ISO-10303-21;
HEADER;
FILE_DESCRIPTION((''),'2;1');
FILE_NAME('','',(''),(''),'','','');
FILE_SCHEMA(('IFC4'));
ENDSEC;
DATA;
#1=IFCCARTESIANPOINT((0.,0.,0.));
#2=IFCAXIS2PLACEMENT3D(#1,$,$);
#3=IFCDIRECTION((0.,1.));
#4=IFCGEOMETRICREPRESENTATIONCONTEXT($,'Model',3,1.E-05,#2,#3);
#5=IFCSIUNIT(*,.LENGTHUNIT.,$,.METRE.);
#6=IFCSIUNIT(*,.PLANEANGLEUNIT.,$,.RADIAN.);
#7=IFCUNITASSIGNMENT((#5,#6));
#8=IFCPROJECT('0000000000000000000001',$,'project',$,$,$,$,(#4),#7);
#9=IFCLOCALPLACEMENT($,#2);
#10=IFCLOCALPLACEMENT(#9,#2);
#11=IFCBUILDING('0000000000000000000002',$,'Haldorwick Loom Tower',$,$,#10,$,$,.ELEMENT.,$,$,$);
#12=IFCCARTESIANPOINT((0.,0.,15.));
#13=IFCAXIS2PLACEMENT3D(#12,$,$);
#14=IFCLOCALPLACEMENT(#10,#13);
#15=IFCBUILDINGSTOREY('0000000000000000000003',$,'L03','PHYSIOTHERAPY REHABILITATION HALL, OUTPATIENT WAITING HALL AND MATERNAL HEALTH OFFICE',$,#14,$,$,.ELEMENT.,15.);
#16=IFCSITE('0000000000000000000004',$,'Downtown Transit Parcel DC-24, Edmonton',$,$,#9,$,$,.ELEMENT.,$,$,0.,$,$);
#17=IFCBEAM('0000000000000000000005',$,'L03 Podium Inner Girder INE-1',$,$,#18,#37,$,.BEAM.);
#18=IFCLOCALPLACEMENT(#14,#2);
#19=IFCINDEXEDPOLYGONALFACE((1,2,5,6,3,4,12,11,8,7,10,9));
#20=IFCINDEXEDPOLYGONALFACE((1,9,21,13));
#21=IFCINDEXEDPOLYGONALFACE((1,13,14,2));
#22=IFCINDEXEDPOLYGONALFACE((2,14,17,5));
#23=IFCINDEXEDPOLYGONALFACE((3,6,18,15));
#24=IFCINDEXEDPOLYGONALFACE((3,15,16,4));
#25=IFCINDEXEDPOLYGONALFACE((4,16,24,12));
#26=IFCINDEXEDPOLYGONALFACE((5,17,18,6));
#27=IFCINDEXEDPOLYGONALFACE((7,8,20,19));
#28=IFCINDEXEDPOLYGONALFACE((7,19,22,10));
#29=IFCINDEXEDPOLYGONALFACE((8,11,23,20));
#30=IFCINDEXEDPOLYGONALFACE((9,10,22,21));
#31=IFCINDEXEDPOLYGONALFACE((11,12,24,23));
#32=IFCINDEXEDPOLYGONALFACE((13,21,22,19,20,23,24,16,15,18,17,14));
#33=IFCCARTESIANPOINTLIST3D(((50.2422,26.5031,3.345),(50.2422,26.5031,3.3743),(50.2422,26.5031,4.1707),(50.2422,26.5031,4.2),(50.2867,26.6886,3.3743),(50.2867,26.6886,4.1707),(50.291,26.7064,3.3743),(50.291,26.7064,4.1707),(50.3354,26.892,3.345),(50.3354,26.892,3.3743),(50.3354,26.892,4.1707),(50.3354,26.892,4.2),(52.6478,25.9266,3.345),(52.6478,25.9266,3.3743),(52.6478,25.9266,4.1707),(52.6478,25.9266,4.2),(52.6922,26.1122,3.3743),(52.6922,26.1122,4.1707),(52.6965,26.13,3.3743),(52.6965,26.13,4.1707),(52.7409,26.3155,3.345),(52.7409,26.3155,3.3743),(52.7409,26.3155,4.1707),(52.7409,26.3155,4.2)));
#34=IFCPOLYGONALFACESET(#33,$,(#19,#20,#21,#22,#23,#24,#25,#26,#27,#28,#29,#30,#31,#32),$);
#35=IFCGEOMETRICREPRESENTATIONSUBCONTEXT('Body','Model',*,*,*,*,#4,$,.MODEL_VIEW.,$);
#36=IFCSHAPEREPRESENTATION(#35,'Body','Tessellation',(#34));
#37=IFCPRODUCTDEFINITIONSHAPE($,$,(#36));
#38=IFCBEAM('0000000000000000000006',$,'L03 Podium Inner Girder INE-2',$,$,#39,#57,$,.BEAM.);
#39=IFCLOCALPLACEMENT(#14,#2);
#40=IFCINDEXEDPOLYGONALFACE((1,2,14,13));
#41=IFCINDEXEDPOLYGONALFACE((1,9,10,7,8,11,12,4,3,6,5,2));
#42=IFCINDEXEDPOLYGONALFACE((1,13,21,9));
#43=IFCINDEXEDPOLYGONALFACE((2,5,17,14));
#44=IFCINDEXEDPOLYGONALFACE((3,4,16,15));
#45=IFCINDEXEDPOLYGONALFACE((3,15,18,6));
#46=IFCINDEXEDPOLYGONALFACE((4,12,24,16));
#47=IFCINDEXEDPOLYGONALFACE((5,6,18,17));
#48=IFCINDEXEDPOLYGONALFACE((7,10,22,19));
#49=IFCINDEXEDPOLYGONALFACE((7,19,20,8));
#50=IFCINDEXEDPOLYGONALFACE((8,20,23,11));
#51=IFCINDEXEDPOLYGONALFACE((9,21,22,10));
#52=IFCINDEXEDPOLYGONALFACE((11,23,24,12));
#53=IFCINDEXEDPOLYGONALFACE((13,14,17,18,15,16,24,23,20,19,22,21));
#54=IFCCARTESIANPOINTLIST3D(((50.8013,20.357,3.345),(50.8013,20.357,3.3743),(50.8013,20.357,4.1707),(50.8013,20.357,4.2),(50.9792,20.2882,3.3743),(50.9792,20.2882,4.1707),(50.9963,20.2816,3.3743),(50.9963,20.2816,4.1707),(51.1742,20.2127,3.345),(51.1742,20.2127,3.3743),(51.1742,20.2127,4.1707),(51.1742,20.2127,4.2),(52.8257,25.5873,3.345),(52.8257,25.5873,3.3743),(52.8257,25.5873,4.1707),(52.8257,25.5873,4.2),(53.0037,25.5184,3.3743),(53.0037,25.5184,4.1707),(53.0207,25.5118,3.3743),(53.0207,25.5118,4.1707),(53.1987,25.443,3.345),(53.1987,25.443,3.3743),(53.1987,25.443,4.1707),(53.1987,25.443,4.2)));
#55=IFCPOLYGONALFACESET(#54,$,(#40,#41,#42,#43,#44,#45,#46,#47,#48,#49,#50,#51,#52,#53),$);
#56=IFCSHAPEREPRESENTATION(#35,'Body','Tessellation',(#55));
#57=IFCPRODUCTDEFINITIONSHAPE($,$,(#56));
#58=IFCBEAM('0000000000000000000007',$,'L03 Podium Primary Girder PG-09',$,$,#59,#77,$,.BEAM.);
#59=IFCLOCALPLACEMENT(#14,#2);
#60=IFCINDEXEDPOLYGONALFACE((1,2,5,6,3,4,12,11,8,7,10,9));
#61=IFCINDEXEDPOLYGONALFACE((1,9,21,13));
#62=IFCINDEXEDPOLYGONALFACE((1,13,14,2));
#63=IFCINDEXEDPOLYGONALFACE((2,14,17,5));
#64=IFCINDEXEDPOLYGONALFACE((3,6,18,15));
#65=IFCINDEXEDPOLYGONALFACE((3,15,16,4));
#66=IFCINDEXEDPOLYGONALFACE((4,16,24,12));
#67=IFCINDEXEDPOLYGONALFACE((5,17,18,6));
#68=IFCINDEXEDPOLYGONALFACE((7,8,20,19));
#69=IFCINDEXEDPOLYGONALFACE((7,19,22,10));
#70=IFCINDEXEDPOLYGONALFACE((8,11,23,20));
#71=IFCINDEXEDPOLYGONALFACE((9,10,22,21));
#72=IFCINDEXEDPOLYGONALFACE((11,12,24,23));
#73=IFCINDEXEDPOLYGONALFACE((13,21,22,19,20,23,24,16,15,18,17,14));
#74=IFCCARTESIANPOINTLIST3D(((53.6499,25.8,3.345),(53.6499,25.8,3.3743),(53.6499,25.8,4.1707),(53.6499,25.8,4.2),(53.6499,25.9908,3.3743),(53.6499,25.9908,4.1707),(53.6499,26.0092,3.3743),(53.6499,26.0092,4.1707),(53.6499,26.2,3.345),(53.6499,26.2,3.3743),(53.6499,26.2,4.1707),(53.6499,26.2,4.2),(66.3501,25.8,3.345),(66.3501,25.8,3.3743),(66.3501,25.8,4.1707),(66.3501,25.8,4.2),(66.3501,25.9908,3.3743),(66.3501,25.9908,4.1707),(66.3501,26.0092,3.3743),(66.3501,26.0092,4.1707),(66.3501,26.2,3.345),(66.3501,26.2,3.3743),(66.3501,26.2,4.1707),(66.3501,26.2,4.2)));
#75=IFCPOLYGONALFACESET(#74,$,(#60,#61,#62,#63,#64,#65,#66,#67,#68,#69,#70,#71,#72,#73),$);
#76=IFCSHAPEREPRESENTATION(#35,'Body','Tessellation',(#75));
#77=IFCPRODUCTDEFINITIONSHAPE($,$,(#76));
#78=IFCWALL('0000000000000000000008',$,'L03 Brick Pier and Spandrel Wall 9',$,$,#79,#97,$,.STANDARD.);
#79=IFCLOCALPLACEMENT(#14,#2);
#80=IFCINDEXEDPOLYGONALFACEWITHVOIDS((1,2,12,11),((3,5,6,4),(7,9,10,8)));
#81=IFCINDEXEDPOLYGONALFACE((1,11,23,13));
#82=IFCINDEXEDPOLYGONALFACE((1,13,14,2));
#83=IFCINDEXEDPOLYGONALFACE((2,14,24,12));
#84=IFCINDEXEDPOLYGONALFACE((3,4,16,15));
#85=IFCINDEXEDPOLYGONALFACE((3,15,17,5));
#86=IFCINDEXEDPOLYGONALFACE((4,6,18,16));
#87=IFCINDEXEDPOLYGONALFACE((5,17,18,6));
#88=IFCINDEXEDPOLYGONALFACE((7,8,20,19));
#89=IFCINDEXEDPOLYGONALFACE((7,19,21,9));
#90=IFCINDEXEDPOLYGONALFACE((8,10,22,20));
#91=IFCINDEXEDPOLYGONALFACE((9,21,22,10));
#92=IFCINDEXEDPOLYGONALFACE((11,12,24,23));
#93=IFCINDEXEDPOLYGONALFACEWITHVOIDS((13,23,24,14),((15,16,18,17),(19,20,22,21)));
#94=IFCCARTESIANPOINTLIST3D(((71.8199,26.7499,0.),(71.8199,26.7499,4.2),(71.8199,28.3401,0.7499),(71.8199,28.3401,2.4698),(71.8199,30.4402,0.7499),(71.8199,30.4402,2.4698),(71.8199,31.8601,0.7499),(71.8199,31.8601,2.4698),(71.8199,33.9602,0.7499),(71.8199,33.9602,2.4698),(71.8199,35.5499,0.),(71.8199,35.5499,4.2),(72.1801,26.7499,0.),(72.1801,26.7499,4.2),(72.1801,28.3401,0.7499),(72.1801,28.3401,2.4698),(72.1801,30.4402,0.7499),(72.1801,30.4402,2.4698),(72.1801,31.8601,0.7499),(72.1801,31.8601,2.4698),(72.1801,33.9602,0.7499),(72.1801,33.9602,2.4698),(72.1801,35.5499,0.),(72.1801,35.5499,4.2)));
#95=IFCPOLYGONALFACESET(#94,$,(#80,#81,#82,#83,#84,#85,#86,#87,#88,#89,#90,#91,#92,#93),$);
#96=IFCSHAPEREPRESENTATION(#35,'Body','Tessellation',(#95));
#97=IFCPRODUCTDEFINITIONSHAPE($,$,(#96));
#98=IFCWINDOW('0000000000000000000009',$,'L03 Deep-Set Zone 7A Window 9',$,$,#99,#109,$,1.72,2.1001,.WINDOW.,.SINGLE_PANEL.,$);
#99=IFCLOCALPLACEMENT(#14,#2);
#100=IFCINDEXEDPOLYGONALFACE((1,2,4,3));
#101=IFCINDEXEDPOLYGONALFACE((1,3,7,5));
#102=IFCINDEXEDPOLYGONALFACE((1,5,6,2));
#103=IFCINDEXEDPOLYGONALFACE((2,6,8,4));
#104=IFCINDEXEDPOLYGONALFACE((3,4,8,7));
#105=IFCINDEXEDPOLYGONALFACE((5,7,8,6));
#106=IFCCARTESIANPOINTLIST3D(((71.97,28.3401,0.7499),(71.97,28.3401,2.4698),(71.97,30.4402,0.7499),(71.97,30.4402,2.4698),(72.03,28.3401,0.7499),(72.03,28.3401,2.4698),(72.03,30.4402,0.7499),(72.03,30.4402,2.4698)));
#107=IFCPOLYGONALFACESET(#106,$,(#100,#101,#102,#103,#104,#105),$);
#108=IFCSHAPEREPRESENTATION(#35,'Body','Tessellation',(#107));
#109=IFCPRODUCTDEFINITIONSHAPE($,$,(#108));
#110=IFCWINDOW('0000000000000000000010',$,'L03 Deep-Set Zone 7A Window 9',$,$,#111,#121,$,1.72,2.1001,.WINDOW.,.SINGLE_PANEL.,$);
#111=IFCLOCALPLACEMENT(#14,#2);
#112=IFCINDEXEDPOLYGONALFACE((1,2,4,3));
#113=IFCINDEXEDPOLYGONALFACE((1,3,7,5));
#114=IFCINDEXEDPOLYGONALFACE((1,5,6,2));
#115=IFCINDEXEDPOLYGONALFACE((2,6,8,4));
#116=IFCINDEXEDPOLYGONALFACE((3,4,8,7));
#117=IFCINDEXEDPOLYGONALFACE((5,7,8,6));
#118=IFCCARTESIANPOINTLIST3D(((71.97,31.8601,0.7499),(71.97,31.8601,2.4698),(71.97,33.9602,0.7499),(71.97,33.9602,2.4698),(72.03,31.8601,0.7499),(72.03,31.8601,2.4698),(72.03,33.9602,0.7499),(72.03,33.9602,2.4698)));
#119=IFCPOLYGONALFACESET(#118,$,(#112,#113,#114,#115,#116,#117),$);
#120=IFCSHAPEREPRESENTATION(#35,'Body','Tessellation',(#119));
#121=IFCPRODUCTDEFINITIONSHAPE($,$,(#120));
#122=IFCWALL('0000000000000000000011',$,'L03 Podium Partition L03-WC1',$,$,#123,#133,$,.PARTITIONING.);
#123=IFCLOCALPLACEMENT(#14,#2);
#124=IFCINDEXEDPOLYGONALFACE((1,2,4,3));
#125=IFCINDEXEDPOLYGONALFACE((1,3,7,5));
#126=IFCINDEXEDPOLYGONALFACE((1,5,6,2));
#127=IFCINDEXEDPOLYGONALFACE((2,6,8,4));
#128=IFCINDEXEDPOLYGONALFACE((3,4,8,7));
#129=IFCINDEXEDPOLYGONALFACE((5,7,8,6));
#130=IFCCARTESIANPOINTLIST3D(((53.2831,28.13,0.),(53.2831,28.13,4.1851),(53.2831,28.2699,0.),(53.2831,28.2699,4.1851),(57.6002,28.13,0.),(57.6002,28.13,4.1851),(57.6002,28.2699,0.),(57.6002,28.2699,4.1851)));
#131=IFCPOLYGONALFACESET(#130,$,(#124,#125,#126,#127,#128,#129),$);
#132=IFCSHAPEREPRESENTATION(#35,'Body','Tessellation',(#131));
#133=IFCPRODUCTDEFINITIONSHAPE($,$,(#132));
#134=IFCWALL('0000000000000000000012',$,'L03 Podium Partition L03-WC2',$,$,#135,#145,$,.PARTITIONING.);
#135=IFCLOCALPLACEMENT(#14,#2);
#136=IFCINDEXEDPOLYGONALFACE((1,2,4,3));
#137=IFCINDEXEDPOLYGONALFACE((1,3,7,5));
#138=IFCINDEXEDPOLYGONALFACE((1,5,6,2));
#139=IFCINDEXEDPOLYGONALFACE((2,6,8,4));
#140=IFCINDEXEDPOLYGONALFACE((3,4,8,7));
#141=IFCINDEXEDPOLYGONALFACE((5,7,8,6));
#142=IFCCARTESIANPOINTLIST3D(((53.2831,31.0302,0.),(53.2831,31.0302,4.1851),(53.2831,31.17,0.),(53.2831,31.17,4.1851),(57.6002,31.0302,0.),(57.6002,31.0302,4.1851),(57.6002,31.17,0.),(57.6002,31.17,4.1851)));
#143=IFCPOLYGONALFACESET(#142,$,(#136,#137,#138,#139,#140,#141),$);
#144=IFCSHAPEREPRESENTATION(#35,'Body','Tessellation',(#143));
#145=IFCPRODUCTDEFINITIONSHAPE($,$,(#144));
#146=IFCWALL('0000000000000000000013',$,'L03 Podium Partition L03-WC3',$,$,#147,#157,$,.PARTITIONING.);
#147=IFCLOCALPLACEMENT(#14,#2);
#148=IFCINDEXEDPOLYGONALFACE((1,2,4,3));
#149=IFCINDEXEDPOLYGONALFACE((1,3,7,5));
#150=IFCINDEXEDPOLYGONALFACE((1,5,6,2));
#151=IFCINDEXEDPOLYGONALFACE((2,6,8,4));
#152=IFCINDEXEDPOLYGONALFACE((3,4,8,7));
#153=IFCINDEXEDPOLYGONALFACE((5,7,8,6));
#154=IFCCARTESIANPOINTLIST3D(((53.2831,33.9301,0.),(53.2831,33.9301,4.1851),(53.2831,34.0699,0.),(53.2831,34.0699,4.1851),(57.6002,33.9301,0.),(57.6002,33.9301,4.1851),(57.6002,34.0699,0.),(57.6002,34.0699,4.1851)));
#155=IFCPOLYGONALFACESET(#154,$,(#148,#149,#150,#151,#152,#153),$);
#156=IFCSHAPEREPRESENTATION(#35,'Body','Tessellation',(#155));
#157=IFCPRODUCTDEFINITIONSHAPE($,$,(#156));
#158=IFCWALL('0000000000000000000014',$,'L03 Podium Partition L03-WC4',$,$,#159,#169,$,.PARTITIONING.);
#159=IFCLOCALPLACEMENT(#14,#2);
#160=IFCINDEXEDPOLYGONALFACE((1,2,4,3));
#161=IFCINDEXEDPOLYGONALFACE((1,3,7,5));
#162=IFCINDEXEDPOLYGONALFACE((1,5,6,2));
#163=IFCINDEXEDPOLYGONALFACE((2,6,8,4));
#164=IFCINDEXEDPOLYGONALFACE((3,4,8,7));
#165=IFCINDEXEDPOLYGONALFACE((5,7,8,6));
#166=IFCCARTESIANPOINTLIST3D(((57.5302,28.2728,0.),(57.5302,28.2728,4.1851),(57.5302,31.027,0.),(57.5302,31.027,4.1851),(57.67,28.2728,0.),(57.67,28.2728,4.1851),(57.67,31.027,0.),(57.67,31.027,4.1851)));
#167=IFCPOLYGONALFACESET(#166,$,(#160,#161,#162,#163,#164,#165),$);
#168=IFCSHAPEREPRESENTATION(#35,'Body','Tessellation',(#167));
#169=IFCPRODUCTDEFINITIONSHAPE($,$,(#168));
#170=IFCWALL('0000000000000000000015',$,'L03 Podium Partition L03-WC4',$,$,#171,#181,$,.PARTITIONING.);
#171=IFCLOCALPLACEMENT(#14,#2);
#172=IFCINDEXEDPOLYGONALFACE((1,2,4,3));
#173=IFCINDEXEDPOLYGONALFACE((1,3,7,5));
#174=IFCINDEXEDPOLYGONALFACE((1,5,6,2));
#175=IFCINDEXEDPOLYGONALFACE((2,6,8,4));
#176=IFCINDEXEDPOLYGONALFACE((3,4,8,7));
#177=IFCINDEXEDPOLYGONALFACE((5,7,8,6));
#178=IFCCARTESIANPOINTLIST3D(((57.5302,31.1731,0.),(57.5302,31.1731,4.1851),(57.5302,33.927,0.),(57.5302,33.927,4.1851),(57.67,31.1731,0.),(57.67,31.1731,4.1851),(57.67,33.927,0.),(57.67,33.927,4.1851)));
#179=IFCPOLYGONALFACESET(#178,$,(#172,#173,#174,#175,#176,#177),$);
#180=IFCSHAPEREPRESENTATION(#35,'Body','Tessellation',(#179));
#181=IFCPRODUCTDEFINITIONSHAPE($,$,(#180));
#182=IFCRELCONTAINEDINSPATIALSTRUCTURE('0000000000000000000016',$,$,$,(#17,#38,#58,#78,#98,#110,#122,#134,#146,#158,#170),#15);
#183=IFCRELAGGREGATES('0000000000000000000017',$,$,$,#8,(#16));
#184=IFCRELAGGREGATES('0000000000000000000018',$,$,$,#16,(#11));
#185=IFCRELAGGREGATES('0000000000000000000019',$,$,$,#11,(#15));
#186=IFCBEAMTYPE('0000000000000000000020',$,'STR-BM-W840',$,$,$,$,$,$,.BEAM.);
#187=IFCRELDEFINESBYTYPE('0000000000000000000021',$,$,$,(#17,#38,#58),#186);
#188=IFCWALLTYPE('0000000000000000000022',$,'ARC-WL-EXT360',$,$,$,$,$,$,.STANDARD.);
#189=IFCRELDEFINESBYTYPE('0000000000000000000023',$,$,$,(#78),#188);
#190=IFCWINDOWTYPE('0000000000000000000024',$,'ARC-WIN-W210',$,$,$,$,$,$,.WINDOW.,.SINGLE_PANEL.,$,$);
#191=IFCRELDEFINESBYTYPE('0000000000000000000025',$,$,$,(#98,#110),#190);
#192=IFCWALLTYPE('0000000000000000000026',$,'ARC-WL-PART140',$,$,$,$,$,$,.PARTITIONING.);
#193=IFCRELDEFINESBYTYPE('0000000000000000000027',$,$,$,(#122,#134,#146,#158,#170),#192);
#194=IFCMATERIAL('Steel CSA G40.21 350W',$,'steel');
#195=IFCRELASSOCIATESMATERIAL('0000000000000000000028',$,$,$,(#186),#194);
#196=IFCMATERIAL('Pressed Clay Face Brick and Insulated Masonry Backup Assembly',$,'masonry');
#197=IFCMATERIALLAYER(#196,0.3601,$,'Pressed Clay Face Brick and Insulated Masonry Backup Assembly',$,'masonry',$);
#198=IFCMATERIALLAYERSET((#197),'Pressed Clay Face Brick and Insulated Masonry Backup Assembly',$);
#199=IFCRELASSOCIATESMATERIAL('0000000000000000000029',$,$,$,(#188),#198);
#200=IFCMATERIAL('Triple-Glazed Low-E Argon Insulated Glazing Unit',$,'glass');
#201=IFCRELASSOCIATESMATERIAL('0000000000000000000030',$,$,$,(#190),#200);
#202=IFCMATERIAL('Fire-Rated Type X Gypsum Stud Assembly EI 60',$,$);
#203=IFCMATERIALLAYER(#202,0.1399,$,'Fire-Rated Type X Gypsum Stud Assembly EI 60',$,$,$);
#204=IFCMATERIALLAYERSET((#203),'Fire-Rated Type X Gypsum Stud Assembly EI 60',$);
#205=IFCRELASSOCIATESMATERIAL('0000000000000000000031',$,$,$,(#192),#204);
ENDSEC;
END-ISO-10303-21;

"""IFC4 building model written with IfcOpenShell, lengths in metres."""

from ifc_helpers import new_model, si_unit, direction, frame, frame_2d, origin, origin_2d, place, context, subcontext, project, spatial, rectangle, i_section, extrude, material, layer, layer_set, material_profile, profile_set, type_object, element, fill, save


model = new_model("IFC4")

# Units and contexts
model_context = context("Model", 3, precision=1e-05, world=origin(), true_north=direction((0.0, 1.0)))
body_context = subcontext(model_context, "Body", "Model", "MODEL_VIEW")
ifc_project = project(units=[si_unit("LENGTHUNIT", "METRE"), si_unit("PLANEANGLEUNIT", "RADIAN")], contexts=[model_context])

# Site, building, storey
site_placement = place(None, origin())
site = spatial("IfcSite", under=ifc_project, at=site_placement, Name="Downtown Transit Parcel DC-24, Edmonton", CompositionType="ELEMENT", RefElevation=0.0)
building_placement = place(site_placement, origin())
building = spatial("IfcBuilding", under=site, at=building_placement, Name="Haldorwick Loom Tower", CompositionType="ELEMENT")
storey_placement = place(building_placement, frame((0.0, 0.0, 15.0)))
storey = spatial("IfcBuildingStorey", under=building, at=storey_placement, Name="L03", Description="PHYSIOTHERAPY REHABILITATION HALL, OUTPATIENT WAITING HALL AND MATERNAL HEALTH OFFICE", CompositionType="ELEMENT", Elevation=15.0)

# Beams
ifc_material_1 = material(Name="Steel CSA G40.21 350W", Category="steel")
ifc_material_profile_1 = material_profile(ifc_material_1, i_section(OverallWidth=0.3999, OverallDepth=0.855, WebThickness=0.0183, FlangeThickness=0.0293, at=origin_2d()), Name="W840X299", Category="steel")
ifc_profile_set_1 = profile_set([ifc_material_profile_1], Name="Steel CSA G40.21 350W")
beam_type_1 = type_object("IfcBeamType", Name="STR-BM-W840", PredefinedType="BEAM", material=ifc_profile_set_1)
beam_1_placement = place(storey_placement, frame((50.2888, 26.6975, 3.7725), z_axis=(0.972471, -0.233026, 0.0), x_axis=(0.233026, 0.972471, 0.0)))
element("IfcBeam", 1, at=beam_1_placement, inside=storey, type_object=beam_type_1, Name="L03 Podium Inner Girder INE-1", PredefinedType="BEAM", context=body_context, shape_type="SweptSolid", body=[
    extrude(i_section(OverallWidth=0.3999, OverallDepth=0.855, WebThickness=0.0183, FlangeThickness=0.0293, at=origin_2d()), origin(), (0.0, 0.0, 1.0), 2.4736),
])
beam_2_placement = place(storey_placement, frame((53.0122, 25.5151, 3.7725), z_axis=(-0.360965, -0.932579, 0.0), x_axis=(0.932579, -0.360965, 0.0)))
element("IfcBeam", 2, at=beam_2_placement, inside=storey, type_object=beam_type_1, Name="L03 Podium Inner Girder INE-2", PredefinedType="BEAM", context=body_context, shape_type="SweptSolid", body=[
    extrude(i_section(OverallWidth=0.3999, OverallDepth=0.855, WebThickness=0.0183, FlangeThickness=0.0293, at=origin_2d()), origin(), (0.0, 0.0, 1.0), 5.6084),
])
beam_3_placement = place(storey_placement, frame((53.6499, 26.0, 3.7725), z_axis=(1.0, 0.0, 0.0), x_axis=(0.0, 1.0, 0.0)))
element("IfcBeam", 3, at=beam_3_placement, inside=storey, type_object=beam_type_1, Name="L03 Podium Primary Girder PG-09", PredefinedType="BEAM", context=body_context, shape_type="SweptSolid", body=[
    extrude(i_section(OverallWidth=0.3999, OverallDepth=0.855, WebThickness=0.0183, FlangeThickness=0.0293, at=origin_2d()), origin(), (0.0, 0.0, 1.0), 12.7002),
])

# Wall, openings, windows
ifc_material_2 = material(Name="Pressed Clay Face Brick and Insulated Masonry Backup Assembly", Category="masonry")
ifc_layer_1 = layer(ifc_material_2, 0.3601, Name="Pressed Clay Face Brick and Insulated Masonry Backup Assembly", Category="masonry")
ifc_layer_set_1 = layer_set([ifc_layer_1], Name="Pressed Clay Face Brick and Insulated Masonry Backup Assembly")
wall_type_1 = type_object("IfcWallType", Name="ARC-WL-EXT360", PredefinedType="STANDARD", material=ifc_layer_set_1)
wall_1_placement = place(storey_placement, frame((72.0, 26.75, 0.0), z_axis=(0.0, 0.0, 1.0), x_axis=(0.0, 1.0, 0.0)))
wall_1 = element("IfcWall", 4, at=wall_1_placement, inside=storey, type_object=wall_type_1, Name="L03 Brick Pier and Spandrel Wall 9", PredefinedType="STANDARD", context=body_context, shape_type="SweptSolid", body=[
    extrude(rectangle(XDim=8.8, YDim=0.3601, at=frame_2d((4.3999, 0.0))), origin(), (0.0, 0.0, 1.0), 4.2),
])
opening_1_placement = place(wall_1_placement, frame((1.5901, 0.0, 0.75)))
opening_1 = element("IfcOpeningElement", 5, at=opening_1_placement, cuts=wall_1, PredefinedType="OPENING", context=body_context, shape_type="SweptSolid", body=[
    extrude(rectangle(XDim=2.1001, YDim=1.72, at=frame_2d((1.05, 0.8599))), frame((0.0, 0.1899, 0.0), z_axis=(0.0, -1.0, 0.0), x_axis=(1.0, 0.0, 0.0)), (0.0, 0.0, 1.0), 0.3801),
])
opening_2_placement = place(wall_1_placement, frame((5.1101, 0.0, 0.75)))
opening_2 = element("IfcOpeningElement", 6, at=opening_2_placement, cuts=wall_1, PredefinedType="OPENING", context=body_context, shape_type="SweptSolid", body=[
    extrude(rectangle(XDim=2.1001, YDim=1.72, at=frame_2d((1.05, 0.8599))), frame((0.0, 0.1899, 0.0), z_axis=(0.0, -1.0, 0.0), x_axis=(1.0, 0.0, 0.0)), (0.0, 0.0, 1.0), 0.3801),
])
ifc_material_3 = material(Name="Triple-Glazed Low-E Argon Insulated Glazing Unit", Category="glass")
window_type = type_object("IfcWindowType", Name="ARC-WIN-W210", PartitioningType="SINGLE_PANEL", PredefinedType="WINDOW", material=ifc_material_3)
window_1_placement = place(opening_1_placement, origin())
window_1 = element("IfcWindow", 7, at=window_1_placement, inside=storey, type_object=window_type, Name="L03 Deep-Set Zone 7A Window 9", OverallHeight=1.72, OverallWidth=2.1001, PartitioningType="SINGLE_PANEL", PredefinedType="WINDOW", context=body_context, shape_type="SweptSolid", body=[
    extrude(rectangle(XDim=2.1001, YDim=1.72, at=frame_2d((1.05, 0.8599))), frame((0.0, 0.03, 0.0), z_axis=(0.0, -1.0, 0.0), x_axis=(1.0, 0.0, 0.0)), (0.0, 0.0, 1.0), 0.0601),
])
fill(opening_1, window_1)
window_2_placement = place(opening_2_placement, origin())
window_2 = element("IfcWindow", 8, at=window_2_placement, inside=storey, type_object=window_type, Name="L03 Deep-Set Zone 7A Window 9", OverallHeight=1.72, OverallWidth=2.1001, PartitioningType="SINGLE_PANEL", PredefinedType="WINDOW", context=body_context, shape_type="SweptSolid", body=[
    extrude(rectangle(XDim=2.1001, YDim=1.72, at=frame_2d((1.05, 0.8599))), frame((0.0, 0.03, 0.0), z_axis=(0.0, -1.0, 0.0), x_axis=(1.0, 0.0, 0.0)), (0.0, 0.0, 1.0), 0.0601),
])
fill(opening_2, window_2)

# Walls
ifc_material_4 = material(Name="Fire-Rated Type X Gypsum Stud Assembly EI 60")
ifc_layer_2 = layer(ifc_material_4, 0.1399, Name="Fire-Rated Type X Gypsum Stud Assembly EI 60")
ifc_layer_set_2 = layer_set([ifc_layer_2], Name="Fire-Rated Type X Gypsum Stud Assembly EI 60")
wall_type_2 = type_object("IfcWallType", Name="ARC-WL-PART140", PredefinedType="PARTITIONING", material=ifc_layer_set_2)
for number, where, z_axis, x_axis, name in (
    (9, (53.283, 28.2, 0.0), (0.0, 0.0, 1.0), (1.0, 0.0, 0.0), "L03 Podium Partition L03-WC1"),
    (10, (53.283, 31.1001, 0.0), (0.0, 0.0, 1.0), (1.0, 0.0, 0.0), "L03 Podium Partition L03-WC2"),
    (11, (53.283, 34.0, 0.0), (0.0, 0.0, 1.0), (1.0, 0.0, 0.0), "L03 Podium Partition L03-WC3"),
):
    element("IfcWall", number, at=place(storey_placement, frame(where, z_axis=z_axis, x_axis=x_axis)), inside=storey, type_object=wall_type_2, Name=name, PredefinedType="PARTITIONING", context=body_context, shape_type="SweptSolid", body=[
        extrude(rectangle(XDim=4.3171, YDim=0.1399, at=frame_2d((2.1587, 0.0))), origin(), (0.0, 0.0, 1.0), 4.1851),
    ])
wall_2_placement = place(storey_placement, frame((57.6001, 28.2729, 0.0), z_axis=(0.0, 0.0, 1.0), x_axis=(0.0, 1.0, 0.0)))
element("IfcWall", 12, at=wall_2_placement, inside=storey, type_object=wall_type_2, Name="L03 Podium Partition L03-WC4", PredefinedType="PARTITIONING", context=body_context, shape_type="SweptSolid", body=[
    extrude(rectangle(XDim=2.7542, YDim=0.1399, at=frame_2d((1.377, 0.0))), origin(), (0.0, 0.0, 1.0), 4.1851),
])
wall_3_placement = place(storey_placement, frame((57.6001, 31.1731, 0.0), z_axis=(0.0, 0.0, 1.0), x_axis=(0.0, 1.0, 0.0)))
element("IfcWall", 13, at=wall_3_placement, inside=storey, type_object=wall_type_2, Name="L03 Podium Partition L03-WC4", PredefinedType="PARTITIONING", context=body_context, shape_type="SweptSolid", body=[
    extrude(rectangle(XDim=2.7539, YDim=0.1399, at=frame_2d((1.377, 0.0))), origin(), (0.0, 0.0, 1.0), 4.1851),
])

save(model, "model.ifc")
